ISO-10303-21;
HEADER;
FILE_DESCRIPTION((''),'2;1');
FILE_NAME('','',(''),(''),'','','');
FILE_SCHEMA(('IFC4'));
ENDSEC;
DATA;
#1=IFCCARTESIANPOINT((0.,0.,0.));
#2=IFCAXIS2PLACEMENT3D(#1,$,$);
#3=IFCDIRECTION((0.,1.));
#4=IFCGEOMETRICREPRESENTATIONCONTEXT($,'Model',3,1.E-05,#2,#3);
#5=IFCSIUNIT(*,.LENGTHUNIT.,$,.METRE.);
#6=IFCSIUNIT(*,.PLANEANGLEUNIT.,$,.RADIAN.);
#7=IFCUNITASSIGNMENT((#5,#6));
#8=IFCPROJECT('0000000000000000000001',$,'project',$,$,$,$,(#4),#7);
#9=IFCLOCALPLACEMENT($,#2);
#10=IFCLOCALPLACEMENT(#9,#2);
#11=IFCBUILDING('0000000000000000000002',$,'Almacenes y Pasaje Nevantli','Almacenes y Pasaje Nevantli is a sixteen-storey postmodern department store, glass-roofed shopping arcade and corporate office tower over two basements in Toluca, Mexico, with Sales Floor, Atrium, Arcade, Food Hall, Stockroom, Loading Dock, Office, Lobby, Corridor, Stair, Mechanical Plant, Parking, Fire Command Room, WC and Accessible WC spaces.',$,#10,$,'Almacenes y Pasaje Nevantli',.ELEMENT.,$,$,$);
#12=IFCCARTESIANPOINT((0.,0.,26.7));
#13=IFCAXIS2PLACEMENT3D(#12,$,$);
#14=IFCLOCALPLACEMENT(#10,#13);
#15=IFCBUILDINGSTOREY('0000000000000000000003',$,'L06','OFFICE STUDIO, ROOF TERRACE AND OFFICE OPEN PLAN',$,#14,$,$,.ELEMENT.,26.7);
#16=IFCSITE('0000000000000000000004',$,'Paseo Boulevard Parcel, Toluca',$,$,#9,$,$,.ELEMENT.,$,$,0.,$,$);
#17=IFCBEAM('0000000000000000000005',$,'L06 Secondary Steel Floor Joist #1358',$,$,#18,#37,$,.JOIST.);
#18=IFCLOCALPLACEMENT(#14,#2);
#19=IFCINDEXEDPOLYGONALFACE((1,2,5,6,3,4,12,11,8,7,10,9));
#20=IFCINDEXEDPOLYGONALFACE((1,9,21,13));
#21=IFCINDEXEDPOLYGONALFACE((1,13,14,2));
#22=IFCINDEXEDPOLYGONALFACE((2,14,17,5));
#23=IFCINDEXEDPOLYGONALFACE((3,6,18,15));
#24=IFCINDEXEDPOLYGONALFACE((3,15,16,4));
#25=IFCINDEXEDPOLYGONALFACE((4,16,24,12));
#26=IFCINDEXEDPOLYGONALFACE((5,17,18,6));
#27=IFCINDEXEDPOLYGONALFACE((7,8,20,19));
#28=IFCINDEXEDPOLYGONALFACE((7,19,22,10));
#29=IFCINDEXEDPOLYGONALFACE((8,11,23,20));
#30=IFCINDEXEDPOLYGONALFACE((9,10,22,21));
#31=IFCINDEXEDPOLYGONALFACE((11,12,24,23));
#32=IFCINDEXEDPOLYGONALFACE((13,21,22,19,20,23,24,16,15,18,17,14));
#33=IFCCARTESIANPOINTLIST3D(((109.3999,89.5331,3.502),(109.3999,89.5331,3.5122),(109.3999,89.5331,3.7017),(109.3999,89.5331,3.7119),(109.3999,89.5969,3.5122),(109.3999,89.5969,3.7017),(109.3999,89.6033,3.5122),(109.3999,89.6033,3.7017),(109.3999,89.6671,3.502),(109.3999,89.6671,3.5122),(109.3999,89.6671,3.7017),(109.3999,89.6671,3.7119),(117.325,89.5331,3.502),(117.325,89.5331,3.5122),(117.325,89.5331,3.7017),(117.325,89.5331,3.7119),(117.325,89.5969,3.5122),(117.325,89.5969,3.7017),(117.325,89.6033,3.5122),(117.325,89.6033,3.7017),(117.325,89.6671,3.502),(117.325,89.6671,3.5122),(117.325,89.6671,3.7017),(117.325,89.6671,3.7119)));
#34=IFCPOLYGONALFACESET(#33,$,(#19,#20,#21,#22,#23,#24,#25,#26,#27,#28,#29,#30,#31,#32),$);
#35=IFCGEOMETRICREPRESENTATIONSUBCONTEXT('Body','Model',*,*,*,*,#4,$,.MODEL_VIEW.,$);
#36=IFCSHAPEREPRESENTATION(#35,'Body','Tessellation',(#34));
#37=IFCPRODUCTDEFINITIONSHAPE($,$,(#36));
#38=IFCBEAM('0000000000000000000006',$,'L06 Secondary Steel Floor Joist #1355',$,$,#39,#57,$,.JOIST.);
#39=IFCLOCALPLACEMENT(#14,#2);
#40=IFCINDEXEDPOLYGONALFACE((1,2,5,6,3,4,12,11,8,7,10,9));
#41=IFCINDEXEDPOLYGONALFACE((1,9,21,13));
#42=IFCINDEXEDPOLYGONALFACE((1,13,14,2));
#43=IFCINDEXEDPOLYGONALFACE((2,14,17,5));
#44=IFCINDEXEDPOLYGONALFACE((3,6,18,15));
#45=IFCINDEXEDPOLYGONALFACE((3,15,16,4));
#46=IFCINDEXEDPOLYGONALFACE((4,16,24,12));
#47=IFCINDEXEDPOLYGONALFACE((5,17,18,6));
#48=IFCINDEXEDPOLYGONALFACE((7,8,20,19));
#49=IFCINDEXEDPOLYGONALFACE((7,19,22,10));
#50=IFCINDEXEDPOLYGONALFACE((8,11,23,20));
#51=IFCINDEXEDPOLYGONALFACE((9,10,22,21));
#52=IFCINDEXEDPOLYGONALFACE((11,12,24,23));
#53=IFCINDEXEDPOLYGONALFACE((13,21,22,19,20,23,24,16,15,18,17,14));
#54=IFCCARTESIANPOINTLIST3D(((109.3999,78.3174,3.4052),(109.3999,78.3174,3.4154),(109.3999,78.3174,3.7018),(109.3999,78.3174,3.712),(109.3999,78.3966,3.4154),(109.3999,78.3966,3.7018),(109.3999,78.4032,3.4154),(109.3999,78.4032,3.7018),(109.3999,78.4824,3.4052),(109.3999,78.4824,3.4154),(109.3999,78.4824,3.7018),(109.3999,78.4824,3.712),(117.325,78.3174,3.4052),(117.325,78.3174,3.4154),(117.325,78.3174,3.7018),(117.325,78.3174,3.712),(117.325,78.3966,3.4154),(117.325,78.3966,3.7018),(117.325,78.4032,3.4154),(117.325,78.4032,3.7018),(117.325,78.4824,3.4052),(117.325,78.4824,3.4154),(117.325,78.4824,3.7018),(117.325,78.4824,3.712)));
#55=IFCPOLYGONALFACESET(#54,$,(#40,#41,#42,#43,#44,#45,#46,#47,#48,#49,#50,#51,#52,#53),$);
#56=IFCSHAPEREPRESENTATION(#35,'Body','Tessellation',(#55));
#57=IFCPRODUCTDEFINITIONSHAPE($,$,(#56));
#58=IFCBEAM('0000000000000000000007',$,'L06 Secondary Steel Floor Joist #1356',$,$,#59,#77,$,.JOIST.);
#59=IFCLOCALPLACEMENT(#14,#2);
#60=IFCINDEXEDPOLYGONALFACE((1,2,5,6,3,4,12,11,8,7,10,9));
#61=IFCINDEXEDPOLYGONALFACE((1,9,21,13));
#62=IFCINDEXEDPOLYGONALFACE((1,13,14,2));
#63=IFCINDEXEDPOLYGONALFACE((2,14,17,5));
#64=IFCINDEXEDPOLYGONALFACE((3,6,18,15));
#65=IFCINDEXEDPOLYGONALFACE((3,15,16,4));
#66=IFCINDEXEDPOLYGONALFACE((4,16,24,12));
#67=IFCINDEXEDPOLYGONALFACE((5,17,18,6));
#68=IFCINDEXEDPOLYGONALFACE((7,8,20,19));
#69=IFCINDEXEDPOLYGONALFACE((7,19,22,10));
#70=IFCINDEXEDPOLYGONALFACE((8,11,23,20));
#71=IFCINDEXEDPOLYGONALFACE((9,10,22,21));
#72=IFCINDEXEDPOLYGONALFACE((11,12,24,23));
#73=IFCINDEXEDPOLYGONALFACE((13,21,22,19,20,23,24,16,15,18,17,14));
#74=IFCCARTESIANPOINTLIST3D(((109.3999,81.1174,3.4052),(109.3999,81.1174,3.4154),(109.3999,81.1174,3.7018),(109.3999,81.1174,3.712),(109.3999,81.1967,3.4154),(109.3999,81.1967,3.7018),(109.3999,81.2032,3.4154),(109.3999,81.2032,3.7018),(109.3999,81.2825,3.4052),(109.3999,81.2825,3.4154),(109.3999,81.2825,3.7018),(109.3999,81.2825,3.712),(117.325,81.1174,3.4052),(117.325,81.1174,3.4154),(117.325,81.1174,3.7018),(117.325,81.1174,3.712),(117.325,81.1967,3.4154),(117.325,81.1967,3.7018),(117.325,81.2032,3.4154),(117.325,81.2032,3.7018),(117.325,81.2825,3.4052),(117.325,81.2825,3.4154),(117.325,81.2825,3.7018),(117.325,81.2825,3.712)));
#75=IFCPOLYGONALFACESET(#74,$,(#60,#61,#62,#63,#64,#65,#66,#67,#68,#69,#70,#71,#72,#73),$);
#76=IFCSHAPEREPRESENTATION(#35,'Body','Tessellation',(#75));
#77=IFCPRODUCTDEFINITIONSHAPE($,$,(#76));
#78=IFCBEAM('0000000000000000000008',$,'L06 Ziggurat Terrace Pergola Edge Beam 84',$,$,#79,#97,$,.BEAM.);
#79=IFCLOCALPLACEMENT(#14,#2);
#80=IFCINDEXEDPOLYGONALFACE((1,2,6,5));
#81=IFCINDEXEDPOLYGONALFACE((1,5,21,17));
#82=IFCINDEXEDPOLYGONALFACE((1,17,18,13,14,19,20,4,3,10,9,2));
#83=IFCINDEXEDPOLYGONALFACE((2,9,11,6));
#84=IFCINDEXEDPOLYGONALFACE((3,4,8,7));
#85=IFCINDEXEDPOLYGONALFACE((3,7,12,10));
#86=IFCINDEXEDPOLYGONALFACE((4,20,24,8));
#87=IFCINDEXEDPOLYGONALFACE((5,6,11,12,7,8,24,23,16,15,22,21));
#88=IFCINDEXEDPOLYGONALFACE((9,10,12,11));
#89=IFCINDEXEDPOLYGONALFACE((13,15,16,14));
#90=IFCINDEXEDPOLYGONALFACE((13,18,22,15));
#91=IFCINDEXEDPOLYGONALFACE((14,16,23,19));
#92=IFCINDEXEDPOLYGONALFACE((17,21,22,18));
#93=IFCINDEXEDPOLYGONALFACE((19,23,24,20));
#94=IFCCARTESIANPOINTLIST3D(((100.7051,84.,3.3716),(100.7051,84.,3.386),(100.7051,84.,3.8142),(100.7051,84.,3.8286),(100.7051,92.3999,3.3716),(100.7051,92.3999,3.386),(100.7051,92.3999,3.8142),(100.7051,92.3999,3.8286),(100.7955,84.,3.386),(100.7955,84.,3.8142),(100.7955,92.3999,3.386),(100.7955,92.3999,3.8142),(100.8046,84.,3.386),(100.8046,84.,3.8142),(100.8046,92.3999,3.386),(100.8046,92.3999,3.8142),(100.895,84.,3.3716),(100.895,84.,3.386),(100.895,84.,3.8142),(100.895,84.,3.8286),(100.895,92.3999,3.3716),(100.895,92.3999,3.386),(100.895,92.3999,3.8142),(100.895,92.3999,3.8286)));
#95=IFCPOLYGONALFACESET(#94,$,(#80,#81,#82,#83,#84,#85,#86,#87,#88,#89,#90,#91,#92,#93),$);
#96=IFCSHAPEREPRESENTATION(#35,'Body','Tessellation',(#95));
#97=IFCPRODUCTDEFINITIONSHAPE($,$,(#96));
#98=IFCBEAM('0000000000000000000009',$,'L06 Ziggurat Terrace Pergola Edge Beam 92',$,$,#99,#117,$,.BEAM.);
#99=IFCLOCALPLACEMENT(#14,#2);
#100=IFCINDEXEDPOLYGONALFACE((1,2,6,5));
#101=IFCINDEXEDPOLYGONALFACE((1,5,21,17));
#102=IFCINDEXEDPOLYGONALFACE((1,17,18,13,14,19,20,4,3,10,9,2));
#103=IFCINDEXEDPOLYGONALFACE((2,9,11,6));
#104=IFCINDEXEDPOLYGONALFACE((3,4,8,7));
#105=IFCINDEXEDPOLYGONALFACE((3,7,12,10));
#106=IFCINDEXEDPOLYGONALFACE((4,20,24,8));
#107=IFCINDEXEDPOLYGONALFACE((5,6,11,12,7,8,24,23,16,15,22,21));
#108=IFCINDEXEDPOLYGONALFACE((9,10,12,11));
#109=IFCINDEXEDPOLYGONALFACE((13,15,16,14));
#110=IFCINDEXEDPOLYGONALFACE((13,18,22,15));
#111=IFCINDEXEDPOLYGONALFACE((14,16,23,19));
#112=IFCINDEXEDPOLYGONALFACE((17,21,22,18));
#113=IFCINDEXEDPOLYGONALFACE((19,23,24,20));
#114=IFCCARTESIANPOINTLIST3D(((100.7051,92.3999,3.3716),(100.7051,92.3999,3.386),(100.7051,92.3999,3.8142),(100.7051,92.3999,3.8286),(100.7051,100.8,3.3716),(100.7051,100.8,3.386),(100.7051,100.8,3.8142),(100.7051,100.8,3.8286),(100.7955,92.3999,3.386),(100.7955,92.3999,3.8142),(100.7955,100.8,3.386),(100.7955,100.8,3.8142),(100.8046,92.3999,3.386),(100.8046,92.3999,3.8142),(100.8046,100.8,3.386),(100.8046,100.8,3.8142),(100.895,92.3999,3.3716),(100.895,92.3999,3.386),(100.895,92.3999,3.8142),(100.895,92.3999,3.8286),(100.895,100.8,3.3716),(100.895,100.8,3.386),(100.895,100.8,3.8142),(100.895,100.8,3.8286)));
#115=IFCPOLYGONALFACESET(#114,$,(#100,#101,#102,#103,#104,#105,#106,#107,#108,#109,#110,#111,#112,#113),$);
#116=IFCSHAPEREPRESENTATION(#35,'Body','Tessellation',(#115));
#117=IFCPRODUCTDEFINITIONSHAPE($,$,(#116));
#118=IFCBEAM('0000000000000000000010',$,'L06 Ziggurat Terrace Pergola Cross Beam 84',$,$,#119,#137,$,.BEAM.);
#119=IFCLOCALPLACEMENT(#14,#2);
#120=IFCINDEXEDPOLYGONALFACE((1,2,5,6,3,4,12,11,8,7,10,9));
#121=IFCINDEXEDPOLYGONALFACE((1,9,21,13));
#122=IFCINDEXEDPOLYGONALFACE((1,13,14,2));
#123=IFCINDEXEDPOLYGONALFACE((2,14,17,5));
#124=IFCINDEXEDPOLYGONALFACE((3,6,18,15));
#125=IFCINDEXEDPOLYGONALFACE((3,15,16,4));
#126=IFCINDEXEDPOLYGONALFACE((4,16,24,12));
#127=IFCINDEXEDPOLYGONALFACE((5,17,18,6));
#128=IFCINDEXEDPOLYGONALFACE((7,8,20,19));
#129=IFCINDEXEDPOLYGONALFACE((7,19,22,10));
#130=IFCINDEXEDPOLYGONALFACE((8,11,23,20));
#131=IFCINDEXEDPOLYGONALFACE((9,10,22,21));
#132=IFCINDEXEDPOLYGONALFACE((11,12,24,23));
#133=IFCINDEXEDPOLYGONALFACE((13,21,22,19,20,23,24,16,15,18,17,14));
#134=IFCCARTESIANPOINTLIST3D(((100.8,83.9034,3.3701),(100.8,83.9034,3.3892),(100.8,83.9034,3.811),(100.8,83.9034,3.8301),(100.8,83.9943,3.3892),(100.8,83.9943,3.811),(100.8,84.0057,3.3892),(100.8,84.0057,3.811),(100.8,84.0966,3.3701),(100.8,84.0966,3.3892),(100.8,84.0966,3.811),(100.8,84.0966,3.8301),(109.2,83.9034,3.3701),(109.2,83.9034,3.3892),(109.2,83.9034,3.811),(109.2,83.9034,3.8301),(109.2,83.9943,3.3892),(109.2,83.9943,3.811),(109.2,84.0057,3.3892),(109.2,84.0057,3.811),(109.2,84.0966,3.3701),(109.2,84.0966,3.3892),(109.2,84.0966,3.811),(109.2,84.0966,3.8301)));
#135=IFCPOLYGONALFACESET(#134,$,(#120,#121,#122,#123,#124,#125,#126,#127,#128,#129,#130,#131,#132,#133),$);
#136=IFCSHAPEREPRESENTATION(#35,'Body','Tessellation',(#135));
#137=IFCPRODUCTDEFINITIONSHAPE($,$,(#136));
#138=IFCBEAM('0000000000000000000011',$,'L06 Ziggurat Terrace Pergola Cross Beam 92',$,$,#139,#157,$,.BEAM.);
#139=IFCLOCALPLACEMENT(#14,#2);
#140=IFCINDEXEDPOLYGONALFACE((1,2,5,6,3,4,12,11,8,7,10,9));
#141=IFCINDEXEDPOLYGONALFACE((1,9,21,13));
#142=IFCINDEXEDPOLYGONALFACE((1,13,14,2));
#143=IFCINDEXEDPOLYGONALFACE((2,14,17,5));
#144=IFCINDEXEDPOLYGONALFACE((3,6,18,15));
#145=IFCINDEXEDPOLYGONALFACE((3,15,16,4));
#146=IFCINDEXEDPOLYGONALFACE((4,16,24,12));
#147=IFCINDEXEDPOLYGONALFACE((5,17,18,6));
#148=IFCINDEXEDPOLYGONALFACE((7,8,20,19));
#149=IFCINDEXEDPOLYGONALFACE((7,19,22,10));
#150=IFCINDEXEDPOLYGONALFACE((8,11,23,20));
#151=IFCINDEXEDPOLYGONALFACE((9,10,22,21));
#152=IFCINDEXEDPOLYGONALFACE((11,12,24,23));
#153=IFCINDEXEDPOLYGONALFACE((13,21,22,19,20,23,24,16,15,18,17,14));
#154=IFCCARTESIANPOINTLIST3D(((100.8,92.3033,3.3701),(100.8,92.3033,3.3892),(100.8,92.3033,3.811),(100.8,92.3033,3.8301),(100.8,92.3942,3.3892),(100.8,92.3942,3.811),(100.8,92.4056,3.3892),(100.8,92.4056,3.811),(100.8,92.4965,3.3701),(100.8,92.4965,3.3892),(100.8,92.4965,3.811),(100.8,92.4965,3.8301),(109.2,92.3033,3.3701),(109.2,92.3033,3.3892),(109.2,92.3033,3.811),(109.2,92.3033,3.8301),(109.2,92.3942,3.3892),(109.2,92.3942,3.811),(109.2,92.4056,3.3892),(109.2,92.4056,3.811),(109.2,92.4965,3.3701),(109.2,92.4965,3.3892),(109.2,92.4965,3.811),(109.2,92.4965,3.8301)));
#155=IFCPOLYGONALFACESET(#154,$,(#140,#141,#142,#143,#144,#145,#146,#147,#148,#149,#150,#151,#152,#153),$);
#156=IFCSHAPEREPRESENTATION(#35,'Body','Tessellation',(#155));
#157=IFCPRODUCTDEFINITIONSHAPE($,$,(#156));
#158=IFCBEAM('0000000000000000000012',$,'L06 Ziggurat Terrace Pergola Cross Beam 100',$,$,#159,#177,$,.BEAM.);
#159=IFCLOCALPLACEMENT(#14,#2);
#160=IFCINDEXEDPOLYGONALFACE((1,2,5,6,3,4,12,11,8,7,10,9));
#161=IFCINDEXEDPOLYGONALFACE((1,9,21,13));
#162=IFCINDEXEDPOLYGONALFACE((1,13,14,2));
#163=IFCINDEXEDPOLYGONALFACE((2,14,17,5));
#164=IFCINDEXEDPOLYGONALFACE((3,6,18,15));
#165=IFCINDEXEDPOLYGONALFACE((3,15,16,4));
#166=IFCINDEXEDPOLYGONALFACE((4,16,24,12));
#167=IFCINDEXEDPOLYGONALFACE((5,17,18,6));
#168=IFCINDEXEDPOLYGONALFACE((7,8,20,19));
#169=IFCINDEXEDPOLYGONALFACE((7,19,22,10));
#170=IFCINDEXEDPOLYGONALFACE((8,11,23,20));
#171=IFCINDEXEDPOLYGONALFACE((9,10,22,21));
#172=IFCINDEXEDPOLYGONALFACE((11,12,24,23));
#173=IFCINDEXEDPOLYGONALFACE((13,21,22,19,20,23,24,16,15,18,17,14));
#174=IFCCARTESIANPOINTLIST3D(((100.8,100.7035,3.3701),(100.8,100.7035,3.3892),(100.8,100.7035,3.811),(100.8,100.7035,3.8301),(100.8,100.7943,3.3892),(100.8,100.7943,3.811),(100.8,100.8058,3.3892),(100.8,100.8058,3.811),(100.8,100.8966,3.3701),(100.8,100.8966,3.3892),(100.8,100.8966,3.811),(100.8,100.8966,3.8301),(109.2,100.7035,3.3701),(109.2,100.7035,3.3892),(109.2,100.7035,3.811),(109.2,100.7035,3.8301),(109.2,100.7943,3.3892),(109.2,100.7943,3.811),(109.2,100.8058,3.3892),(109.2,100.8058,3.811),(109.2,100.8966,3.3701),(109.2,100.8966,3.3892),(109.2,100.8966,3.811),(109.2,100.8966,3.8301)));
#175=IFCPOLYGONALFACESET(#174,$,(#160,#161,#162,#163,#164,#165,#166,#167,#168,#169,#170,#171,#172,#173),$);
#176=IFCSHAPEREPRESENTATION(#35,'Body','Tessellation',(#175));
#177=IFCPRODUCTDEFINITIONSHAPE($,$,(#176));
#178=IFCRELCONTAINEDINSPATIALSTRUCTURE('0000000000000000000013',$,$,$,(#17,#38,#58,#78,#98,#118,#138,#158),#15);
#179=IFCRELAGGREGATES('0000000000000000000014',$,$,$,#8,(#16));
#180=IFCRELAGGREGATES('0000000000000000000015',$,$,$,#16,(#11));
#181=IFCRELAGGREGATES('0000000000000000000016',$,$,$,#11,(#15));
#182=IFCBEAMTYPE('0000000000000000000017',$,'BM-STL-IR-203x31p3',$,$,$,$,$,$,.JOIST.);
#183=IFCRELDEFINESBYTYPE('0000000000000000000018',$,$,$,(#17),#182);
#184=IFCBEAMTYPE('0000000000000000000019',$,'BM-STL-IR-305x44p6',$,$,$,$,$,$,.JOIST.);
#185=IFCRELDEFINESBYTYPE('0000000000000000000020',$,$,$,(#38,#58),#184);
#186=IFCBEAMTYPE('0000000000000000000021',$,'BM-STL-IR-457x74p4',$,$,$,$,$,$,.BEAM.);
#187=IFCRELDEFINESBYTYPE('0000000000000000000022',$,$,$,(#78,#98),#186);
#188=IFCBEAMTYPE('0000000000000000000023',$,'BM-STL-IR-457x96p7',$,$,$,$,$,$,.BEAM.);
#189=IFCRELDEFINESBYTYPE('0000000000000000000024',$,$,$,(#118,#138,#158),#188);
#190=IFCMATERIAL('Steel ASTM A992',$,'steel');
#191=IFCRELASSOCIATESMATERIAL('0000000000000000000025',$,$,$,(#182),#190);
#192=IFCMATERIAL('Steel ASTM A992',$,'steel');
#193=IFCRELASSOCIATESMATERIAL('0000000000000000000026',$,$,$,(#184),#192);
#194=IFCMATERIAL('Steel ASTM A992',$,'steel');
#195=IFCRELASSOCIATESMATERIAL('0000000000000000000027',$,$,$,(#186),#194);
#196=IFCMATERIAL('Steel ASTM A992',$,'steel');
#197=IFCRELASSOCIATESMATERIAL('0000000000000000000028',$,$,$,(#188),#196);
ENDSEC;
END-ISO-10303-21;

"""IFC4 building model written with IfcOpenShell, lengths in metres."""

from ifc_helpers import new_model, si_unit, direction, frame, origin, origin_2d, place, context, subcontext, project, spatial, i_section, extrude, material, material_profile, profile_set, type_object, element, save


model = new_model("IFC4")

# Units and contexts
model_context = context("Model", 3, precision=1e-05, world=origin(), true_north=direction((0.0, 1.0)))
body_context = subcontext(model_context, "Body", "Model", "MODEL_VIEW")
ifc_project = project(units=[si_unit("LENGTHUNIT", "METRE"), si_unit("PLANEANGLEUNIT", "RADIAN")], contexts=[model_context])

# Site, building, storey
site_placement = place(None, origin())
site = spatial("IfcSite", under=ifc_project, at=site_placement, Name="Paseo Boulevard Parcel, Toluca", CompositionType="ELEMENT", RefElevation=0.0)
building_placement = place(site_placement, origin())
building = spatial("IfcBuilding", under=site, at=building_placement, Name="Almacenes y Pasaje Nevantli", Description="Almacenes y Pasaje Nevantli is a sixteen-storey postmodern department store, glass-roofed shopping arcade and corporate office tower over two basements in Toluca, Mexico, with Sales Floor, Atrium, Arcade, Food Hall, Stockroom, Loading Dock, Office, Lobby, Corridor, Stair, Mechanical Plant, Parking, Fire Command Room, WC and Accessible WC spaces.", LongName="Almacenes y Pasaje Nevantli", CompositionType="ELEMENT")
storey_placement = place(building_placement, frame((0.0, 0.0, 26.7)))
storey = spatial("IfcBuildingStorey", under=building, at=storey_placement, Name="L06", Description="OFFICE STUDIO, ROOF TERRACE AND OFFICE OPEN PLAN", CompositionType="ELEMENT", Elevation=26.7)

# Beams
ifc_material_1 = material(Name="Steel ASTM A992", Category="steel")
ifc_material_profile_1 = material_profile(ifc_material_1, i_section(OverallWidth=0.134, OverallDepth=0.21, WebThickness=0.0063, FlangeThickness=0.0103, at=origin_2d()), Name="IR 203x31.3")
ifc_profile_set_1 = profile_set([ifc_material_profile_1], Name="Steel ASTM A992")
beam_type_1 = type_object("IfcBeamType", Name="BM-STL-IR-203x31p3", PredefinedType="JOIST", material=ifc_profile_set_1)
for number, where, z_axis, x_axis, name in (
    (1, (109.3999, 89.6001, 3.6069), (1.0, 0.0, 0.0), (0.0, 1.0, 0.0), "L06 Secondary Steel Floor Joist #1358"),
):
    element("IfcBeam", number, at=place(storey_placement, frame(where, z_axis=z_axis, x_axis=x_axis)), inside=storey, type_object=beam_type_1, Name=name, PredefinedType="JOIST", context=body_context, shape_type="SweptSolid", body=[
        extrude(i_section(OverallWidth=0.134, OverallDepth=0.21, WebThickness=0.0063, FlangeThickness=0.0103, at=origin_2d()), origin(), (0.0, 0.0, 1.0), 7.925),
    ])
ifc_material_2 = material(Name="Steel ASTM A992", Category="steel")
ifc_material_profile_2 = material_profile(ifc_material_2, i_section(OverallWidth=0.165, OverallDepth=0.3069, WebThickness=0.0066, FlangeThickness=0.0103, at=origin_2d()), Name="IR 305x44.6")
ifc_profile_set_2 = profile_set([ifc_material_profile_2], Name="Steel ASTM A992")
beam_type_2 = type_object("IfcBeamType", Name="BM-STL-IR-305x44p6", PredefinedType="JOIST", material=ifc_profile_set_2)
for number, where, z_axis, x_axis, name in (
    (2, (109.3999, 78.3999, 3.5586), (1.0, 0.0, 0.0), (0.0, 1.0, 0.0), "L06 Secondary Steel Floor Joist #1355"),
    (3, (109.3999, 81.2, 3.5586), (1.0, 0.0, 0.0), (0.0, 1.0, 0.0), "L06 Secondary Steel Floor Joist #1356"),
):
    element("IfcBeam", number, at=place(storey_placement, frame(where, z_axis=z_axis, x_axis=x_axis)), inside=storey, type_object=beam_type_2, Name=name, PredefinedType="JOIST", context=body_context, shape_type="SweptSolid", body=[
        extrude(i_section(OverallWidth=0.165, OverallDepth=0.3069, WebThickness=0.0066, FlangeThickness=0.0103, at=origin_2d()), origin(), (0.0, 0.0, 1.0), 7.925),
    ])
ifc_material_3 = material(Name="Steel ASTM A992", Category="steel")
ifc_material_profile_3 = material_profile(ifc_material_3, i_section(OverallWidth=0.1899, OverallDepth=0.457, WebThickness=0.009, FlangeThickness=0.0144, at=origin_2d()), Name="IR 457x74.4")
ifc_profile_set_3 = profile_set([ifc_material_profile_3], Name="Steel ASTM A992")
beam_type_3 = type_object("IfcBeamType", Name="BM-STL-IR-457x74p4", PredefinedType="BEAM", material=ifc_profile_set_3)
beam_1_placement = place(storey_placement, frame((100.8, 84.0, 3.6001), z_axis=(0.0, 1.0, 0.0), x_axis=(-1.0, 0.0, 0.0)))
element("IfcBeam", 4, at=beam_1_placement, inside=storey, type_object=beam_type_3, Name="L06 Ziggurat Terrace Pergola Edge Beam 84", PredefinedType="BEAM", context=body_context, shape_type="SweptSolid", body=[
    extrude(i_section(OverallWidth=0.1899, OverallDepth=0.457, WebThickness=0.009, FlangeThickness=0.0144, at=origin_2d()), origin(), (0.0, 0.0, 1.0), 8.3999),
])
beam_2_placement = place(storey_placement, frame((100.8, 92.3999, 3.6001), z_axis=(0.0, 1.0, 0.0), x_axis=(-1.0, 0.0, 0.0)))
element("IfcBeam", 5, at=beam_2_placement, inside=storey, type_object=beam_type_3, Name="L06 Ziggurat Terrace Pergola Edge Beam 92", PredefinedType="BEAM", context=body_context, shape_type="SweptSolid", body=[
    extrude(i_section(OverallWidth=0.1899, OverallDepth=0.457, WebThickness=0.009, FlangeThickness=0.0144, at=origin_2d()), origin(), (0.0, 0.0, 1.0), 8.4001),
])
ifc_material_4 = material(Name="Steel ASTM A992", Category="steel")
ifc_material_profile_4 = material_profile(ifc_material_4, i_section(OverallWidth=0.1931, OverallDepth=0.46, WebThickness=0.0115, FlangeThickness=0.019, at=origin_2d()), Name="IR 457x96.7")
ifc_profile_set_4 = profile_set([ifc_material_profile_4], Name="Steel ASTM A992")
beam_type_4 = type_object("IfcBeamType", Name="BM-STL-IR-457x96p7", PredefinedType="BEAM", material=ifc_profile_set_4)
for number, where, z_axis, x_axis, name in (
    (6, (100.8, 84.0, 3.6001), (1.0, 0.0, 0.0), (0.0, 1.0, 0.0), "L06 Ziggurat Terrace Pergola Cross Beam 84"),
    (7, (100.8, 92.3999, 3.6001), (1.0, 0.0, 0.0), (0.0, 1.0, 0.0), "L06 Ziggurat Terrace Pergola Cross Beam 92"),
    (8, (100.8, 100.8, 3.6001), (1.0, 0.0, 0.0), (0.0, 1.0, 0.0), "L06 Ziggurat Terrace Pergola Cross Beam 100"),
):
    element("IfcBeam", number, at=place(storey_placement, frame(where, z_axis=z_axis, x_axis=x_axis)), inside=storey, type_object=beam_type_4, Name=name, PredefinedType="BEAM", context=body_context, shape_type="SweptSolid", body=[
        extrude(i_section(OverallWidth=0.1931, OverallDepth=0.46, WebThickness=0.0115, FlangeThickness=0.019, at=origin_2d()), origin(), (0.0, 0.0, 1.0), 8.3999),
    ])

save(model, "model.ifc")
